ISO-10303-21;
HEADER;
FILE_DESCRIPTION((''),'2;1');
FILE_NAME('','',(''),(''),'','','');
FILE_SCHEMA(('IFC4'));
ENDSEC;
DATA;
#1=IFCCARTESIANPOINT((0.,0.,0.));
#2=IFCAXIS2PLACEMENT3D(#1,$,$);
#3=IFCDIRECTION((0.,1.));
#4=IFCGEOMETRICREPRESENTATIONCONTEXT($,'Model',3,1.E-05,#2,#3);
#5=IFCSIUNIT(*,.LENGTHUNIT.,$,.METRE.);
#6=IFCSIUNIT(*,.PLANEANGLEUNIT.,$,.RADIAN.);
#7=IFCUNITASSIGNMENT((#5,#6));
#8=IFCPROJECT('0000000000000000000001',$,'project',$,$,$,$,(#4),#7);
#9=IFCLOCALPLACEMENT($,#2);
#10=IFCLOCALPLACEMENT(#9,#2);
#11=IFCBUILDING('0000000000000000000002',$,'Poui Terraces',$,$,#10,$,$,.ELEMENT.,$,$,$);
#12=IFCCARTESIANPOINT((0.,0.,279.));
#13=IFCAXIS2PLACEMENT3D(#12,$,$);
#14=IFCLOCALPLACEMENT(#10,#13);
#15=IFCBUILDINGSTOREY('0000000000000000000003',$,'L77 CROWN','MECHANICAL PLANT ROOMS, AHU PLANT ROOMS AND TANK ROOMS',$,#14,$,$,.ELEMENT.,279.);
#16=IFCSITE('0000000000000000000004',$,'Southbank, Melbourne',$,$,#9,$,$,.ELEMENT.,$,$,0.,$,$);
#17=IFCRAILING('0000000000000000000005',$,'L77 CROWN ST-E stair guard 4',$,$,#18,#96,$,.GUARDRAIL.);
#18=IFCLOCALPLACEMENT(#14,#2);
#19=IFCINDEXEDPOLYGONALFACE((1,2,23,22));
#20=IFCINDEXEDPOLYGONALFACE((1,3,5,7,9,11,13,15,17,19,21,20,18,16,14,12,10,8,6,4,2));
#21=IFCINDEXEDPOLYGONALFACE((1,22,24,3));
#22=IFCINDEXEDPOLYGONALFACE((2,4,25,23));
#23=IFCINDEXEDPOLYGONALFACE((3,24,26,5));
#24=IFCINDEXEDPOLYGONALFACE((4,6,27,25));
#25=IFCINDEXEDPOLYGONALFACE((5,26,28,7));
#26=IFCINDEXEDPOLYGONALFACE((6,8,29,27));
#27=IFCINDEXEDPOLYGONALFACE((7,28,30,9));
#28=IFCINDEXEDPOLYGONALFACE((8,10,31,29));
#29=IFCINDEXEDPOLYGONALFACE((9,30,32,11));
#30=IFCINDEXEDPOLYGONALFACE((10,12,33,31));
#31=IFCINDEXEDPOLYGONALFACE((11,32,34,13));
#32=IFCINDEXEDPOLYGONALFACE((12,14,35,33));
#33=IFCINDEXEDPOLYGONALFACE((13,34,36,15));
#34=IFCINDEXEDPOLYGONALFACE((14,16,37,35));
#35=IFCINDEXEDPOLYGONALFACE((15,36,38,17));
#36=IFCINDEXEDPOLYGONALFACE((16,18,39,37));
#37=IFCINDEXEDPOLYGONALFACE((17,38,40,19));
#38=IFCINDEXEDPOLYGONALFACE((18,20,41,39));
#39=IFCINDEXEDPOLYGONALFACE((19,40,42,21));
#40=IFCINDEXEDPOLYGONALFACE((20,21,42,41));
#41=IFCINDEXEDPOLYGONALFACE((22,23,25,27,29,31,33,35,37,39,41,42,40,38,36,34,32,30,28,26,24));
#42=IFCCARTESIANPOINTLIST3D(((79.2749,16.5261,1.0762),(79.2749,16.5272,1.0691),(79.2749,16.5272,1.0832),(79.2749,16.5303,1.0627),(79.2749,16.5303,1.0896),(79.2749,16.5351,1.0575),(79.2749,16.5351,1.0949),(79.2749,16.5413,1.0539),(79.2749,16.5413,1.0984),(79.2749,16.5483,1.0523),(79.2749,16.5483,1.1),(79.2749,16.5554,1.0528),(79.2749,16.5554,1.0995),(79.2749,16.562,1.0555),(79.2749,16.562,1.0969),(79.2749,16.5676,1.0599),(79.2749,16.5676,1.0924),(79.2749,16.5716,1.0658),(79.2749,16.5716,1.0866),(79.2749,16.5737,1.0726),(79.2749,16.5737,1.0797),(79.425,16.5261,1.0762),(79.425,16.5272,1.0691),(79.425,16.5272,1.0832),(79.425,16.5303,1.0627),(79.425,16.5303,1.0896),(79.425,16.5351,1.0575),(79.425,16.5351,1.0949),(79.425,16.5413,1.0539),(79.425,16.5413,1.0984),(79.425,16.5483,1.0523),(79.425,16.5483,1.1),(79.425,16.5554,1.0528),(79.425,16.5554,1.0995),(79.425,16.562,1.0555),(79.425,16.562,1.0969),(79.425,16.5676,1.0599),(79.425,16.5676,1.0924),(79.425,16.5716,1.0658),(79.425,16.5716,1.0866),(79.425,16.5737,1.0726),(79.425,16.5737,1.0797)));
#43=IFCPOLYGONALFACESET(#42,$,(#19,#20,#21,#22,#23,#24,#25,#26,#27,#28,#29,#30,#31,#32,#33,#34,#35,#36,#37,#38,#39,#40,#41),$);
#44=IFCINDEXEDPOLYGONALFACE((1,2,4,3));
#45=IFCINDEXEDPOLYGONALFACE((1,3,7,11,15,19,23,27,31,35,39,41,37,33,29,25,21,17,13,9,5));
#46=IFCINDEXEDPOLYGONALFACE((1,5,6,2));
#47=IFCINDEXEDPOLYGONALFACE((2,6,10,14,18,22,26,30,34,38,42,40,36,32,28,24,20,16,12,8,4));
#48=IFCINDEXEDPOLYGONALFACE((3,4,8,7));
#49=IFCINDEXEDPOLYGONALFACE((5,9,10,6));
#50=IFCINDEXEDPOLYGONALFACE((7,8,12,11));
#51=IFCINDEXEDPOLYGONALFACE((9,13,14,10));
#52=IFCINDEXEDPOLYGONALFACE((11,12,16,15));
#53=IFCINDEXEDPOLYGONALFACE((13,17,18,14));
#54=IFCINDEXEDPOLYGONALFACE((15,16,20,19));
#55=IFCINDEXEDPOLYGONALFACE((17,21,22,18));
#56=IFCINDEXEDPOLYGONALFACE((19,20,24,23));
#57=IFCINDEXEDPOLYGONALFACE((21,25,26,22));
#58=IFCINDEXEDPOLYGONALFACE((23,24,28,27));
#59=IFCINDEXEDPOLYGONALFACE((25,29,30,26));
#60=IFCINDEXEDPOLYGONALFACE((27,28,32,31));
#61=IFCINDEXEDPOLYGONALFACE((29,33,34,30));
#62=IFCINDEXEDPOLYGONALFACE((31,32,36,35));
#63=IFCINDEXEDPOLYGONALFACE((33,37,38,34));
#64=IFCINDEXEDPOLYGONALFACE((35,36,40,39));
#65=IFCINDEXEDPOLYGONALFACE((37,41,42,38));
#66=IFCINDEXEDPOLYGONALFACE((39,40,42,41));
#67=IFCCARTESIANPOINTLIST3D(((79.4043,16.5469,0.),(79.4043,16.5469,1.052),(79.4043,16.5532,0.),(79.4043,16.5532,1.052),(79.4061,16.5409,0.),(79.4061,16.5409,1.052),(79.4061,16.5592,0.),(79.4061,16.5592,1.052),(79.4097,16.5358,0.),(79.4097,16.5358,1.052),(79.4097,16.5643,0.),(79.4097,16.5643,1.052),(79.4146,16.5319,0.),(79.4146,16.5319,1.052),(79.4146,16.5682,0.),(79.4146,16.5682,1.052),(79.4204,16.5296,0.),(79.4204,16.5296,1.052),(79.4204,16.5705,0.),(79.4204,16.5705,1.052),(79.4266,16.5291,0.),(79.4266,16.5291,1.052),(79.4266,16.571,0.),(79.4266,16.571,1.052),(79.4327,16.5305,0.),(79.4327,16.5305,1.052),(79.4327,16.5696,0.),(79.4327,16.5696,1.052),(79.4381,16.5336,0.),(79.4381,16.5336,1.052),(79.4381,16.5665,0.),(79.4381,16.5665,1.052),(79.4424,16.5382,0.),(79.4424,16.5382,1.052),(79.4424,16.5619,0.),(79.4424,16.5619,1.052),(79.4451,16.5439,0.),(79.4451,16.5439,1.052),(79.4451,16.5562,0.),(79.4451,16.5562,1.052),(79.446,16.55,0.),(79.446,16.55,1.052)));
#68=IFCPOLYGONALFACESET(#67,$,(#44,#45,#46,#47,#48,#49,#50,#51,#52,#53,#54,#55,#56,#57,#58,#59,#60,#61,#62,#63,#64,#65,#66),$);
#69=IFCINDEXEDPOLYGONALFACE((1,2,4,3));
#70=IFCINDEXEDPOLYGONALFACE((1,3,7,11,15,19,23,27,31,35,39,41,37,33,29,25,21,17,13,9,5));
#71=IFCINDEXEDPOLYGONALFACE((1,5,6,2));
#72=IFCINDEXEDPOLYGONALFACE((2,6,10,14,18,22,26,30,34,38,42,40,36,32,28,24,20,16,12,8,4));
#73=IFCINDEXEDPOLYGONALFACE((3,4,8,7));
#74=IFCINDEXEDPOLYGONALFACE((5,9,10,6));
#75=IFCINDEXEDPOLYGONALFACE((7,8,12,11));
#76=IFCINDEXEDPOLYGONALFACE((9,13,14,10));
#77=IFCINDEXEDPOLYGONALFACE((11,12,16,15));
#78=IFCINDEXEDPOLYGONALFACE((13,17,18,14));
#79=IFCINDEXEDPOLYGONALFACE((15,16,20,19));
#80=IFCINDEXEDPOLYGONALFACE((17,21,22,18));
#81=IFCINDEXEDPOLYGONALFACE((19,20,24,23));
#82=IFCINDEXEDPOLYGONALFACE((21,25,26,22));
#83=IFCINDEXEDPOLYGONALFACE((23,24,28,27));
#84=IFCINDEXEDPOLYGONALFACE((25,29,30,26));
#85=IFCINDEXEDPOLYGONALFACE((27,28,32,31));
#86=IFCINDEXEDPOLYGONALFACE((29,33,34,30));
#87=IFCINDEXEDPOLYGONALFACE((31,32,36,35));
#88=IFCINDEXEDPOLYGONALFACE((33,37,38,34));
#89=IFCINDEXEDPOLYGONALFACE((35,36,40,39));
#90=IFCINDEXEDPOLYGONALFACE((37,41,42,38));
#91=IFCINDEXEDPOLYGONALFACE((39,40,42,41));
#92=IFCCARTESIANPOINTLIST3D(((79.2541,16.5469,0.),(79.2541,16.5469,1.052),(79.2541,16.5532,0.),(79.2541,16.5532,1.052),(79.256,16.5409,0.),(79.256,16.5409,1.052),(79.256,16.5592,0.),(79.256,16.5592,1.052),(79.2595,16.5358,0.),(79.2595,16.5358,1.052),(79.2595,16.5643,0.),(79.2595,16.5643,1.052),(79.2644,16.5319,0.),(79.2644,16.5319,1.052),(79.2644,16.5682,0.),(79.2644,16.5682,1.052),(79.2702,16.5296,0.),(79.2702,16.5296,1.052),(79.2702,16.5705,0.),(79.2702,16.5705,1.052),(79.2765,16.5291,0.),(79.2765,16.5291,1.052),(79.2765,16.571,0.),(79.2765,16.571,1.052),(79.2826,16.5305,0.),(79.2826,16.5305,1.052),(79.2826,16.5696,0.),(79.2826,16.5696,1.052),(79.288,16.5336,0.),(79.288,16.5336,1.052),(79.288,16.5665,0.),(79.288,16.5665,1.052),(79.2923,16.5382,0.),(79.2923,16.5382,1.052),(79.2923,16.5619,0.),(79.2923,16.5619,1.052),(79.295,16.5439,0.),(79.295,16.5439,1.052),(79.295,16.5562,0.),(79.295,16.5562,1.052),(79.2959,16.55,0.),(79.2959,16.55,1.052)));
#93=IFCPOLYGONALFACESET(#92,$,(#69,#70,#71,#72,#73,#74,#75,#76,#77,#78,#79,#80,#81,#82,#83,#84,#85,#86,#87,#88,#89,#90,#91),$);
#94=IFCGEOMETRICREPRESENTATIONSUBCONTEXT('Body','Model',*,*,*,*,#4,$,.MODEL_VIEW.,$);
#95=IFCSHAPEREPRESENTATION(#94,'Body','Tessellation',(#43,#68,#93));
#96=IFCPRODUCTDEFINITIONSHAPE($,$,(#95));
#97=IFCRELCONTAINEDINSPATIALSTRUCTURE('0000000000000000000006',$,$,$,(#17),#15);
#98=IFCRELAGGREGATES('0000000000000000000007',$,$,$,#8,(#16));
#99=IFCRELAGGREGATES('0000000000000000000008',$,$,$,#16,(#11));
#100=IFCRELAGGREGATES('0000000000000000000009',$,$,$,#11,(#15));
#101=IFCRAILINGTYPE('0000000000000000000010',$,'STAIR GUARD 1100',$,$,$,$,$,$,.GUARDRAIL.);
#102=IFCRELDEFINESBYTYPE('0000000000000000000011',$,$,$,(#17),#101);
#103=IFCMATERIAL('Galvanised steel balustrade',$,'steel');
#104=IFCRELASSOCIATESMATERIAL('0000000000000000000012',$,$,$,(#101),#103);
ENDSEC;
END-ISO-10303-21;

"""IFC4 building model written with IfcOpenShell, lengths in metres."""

from ifc_helpers import new_model, si_unit, direction, frame, origin, origin_2d, place, context, subcontext, project, spatial, circle, extrude, material, type_object, element, save


model = new_model("IFC4")

# Units and contexts
model_context = context("Model", 3, precision=1e-05, world=origin(), true_north=direction((0.0, 1.0)))
body_context = subcontext(model_context, "Body", "Model", "MODEL_VIEW")
ifc_project = project(units=[si_unit("LENGTHUNIT", "METRE"), si_unit("PLANEANGLEUNIT", "RADIAN")], contexts=[model_context])

# Site, building, storey
site_placement = place(None, origin())
site = spatial("IfcSite", under=ifc_project, at=site_placement, Name="Southbank, Melbourne", CompositionType="ELEMENT", RefElevation=0.0)
building_placement = place(site_placement, origin())
building = spatial("IfcBuilding", under=site, at=building_placement, Name="Poui Terraces", CompositionType="ELEMENT")
storey_placement = place(building_placement, frame((0.0, 0.0, 279.0)))
storey = spatial("IfcBuildingStorey", under=building, at=storey_placement, Name="L77 CROWN", Description="MECHANICAL PLANT ROOMS, AHU PLANT ROOMS AND TANK ROOMS", CompositionType="ELEMENT", Elevation=279.0)

# Railing
ifc_material_1 = material(Name="Galvanised steel balustrade", Category="steel")
railing_type_1 = type_object("IfcRailingType", Name="STAIR GUARD 1100", PredefinedType="GUARDRAIL", material=ifc_material_1)
railing_placement = place(storey_placement, frame((79.425, 16.55, 0.0)))
element("IfcRailing", 1, at=railing_placement, inside=storey, type_object=railing_type_1, Name="L77 CROWN ST-E stair guard 4", PredefinedType="GUARDRAIL", context=body_context, shape_type="SweptSolid", body=[
    extrude(circle(Radius=0.0239, at=origin_2d()), frame((0.0, 0.0, 1.0762), z_axis=(-1.0, 0.0, 0.0), x_axis=(0.0, -1.0, 0.0)), (0.0, 0.0, 1.0), 0.1501),
    extrude(circle(Radius=0.021, at=origin_2d()), origin(), (0.0, 0.0, 1.0), 1.052),
    extrude(circle(Radius=0.021, at=origin_2d()), frame((-0.1501, 0.0, 0.0)), (0.0, 0.0, 1.0), 1.052),
])

save(model, "model.ifc")
